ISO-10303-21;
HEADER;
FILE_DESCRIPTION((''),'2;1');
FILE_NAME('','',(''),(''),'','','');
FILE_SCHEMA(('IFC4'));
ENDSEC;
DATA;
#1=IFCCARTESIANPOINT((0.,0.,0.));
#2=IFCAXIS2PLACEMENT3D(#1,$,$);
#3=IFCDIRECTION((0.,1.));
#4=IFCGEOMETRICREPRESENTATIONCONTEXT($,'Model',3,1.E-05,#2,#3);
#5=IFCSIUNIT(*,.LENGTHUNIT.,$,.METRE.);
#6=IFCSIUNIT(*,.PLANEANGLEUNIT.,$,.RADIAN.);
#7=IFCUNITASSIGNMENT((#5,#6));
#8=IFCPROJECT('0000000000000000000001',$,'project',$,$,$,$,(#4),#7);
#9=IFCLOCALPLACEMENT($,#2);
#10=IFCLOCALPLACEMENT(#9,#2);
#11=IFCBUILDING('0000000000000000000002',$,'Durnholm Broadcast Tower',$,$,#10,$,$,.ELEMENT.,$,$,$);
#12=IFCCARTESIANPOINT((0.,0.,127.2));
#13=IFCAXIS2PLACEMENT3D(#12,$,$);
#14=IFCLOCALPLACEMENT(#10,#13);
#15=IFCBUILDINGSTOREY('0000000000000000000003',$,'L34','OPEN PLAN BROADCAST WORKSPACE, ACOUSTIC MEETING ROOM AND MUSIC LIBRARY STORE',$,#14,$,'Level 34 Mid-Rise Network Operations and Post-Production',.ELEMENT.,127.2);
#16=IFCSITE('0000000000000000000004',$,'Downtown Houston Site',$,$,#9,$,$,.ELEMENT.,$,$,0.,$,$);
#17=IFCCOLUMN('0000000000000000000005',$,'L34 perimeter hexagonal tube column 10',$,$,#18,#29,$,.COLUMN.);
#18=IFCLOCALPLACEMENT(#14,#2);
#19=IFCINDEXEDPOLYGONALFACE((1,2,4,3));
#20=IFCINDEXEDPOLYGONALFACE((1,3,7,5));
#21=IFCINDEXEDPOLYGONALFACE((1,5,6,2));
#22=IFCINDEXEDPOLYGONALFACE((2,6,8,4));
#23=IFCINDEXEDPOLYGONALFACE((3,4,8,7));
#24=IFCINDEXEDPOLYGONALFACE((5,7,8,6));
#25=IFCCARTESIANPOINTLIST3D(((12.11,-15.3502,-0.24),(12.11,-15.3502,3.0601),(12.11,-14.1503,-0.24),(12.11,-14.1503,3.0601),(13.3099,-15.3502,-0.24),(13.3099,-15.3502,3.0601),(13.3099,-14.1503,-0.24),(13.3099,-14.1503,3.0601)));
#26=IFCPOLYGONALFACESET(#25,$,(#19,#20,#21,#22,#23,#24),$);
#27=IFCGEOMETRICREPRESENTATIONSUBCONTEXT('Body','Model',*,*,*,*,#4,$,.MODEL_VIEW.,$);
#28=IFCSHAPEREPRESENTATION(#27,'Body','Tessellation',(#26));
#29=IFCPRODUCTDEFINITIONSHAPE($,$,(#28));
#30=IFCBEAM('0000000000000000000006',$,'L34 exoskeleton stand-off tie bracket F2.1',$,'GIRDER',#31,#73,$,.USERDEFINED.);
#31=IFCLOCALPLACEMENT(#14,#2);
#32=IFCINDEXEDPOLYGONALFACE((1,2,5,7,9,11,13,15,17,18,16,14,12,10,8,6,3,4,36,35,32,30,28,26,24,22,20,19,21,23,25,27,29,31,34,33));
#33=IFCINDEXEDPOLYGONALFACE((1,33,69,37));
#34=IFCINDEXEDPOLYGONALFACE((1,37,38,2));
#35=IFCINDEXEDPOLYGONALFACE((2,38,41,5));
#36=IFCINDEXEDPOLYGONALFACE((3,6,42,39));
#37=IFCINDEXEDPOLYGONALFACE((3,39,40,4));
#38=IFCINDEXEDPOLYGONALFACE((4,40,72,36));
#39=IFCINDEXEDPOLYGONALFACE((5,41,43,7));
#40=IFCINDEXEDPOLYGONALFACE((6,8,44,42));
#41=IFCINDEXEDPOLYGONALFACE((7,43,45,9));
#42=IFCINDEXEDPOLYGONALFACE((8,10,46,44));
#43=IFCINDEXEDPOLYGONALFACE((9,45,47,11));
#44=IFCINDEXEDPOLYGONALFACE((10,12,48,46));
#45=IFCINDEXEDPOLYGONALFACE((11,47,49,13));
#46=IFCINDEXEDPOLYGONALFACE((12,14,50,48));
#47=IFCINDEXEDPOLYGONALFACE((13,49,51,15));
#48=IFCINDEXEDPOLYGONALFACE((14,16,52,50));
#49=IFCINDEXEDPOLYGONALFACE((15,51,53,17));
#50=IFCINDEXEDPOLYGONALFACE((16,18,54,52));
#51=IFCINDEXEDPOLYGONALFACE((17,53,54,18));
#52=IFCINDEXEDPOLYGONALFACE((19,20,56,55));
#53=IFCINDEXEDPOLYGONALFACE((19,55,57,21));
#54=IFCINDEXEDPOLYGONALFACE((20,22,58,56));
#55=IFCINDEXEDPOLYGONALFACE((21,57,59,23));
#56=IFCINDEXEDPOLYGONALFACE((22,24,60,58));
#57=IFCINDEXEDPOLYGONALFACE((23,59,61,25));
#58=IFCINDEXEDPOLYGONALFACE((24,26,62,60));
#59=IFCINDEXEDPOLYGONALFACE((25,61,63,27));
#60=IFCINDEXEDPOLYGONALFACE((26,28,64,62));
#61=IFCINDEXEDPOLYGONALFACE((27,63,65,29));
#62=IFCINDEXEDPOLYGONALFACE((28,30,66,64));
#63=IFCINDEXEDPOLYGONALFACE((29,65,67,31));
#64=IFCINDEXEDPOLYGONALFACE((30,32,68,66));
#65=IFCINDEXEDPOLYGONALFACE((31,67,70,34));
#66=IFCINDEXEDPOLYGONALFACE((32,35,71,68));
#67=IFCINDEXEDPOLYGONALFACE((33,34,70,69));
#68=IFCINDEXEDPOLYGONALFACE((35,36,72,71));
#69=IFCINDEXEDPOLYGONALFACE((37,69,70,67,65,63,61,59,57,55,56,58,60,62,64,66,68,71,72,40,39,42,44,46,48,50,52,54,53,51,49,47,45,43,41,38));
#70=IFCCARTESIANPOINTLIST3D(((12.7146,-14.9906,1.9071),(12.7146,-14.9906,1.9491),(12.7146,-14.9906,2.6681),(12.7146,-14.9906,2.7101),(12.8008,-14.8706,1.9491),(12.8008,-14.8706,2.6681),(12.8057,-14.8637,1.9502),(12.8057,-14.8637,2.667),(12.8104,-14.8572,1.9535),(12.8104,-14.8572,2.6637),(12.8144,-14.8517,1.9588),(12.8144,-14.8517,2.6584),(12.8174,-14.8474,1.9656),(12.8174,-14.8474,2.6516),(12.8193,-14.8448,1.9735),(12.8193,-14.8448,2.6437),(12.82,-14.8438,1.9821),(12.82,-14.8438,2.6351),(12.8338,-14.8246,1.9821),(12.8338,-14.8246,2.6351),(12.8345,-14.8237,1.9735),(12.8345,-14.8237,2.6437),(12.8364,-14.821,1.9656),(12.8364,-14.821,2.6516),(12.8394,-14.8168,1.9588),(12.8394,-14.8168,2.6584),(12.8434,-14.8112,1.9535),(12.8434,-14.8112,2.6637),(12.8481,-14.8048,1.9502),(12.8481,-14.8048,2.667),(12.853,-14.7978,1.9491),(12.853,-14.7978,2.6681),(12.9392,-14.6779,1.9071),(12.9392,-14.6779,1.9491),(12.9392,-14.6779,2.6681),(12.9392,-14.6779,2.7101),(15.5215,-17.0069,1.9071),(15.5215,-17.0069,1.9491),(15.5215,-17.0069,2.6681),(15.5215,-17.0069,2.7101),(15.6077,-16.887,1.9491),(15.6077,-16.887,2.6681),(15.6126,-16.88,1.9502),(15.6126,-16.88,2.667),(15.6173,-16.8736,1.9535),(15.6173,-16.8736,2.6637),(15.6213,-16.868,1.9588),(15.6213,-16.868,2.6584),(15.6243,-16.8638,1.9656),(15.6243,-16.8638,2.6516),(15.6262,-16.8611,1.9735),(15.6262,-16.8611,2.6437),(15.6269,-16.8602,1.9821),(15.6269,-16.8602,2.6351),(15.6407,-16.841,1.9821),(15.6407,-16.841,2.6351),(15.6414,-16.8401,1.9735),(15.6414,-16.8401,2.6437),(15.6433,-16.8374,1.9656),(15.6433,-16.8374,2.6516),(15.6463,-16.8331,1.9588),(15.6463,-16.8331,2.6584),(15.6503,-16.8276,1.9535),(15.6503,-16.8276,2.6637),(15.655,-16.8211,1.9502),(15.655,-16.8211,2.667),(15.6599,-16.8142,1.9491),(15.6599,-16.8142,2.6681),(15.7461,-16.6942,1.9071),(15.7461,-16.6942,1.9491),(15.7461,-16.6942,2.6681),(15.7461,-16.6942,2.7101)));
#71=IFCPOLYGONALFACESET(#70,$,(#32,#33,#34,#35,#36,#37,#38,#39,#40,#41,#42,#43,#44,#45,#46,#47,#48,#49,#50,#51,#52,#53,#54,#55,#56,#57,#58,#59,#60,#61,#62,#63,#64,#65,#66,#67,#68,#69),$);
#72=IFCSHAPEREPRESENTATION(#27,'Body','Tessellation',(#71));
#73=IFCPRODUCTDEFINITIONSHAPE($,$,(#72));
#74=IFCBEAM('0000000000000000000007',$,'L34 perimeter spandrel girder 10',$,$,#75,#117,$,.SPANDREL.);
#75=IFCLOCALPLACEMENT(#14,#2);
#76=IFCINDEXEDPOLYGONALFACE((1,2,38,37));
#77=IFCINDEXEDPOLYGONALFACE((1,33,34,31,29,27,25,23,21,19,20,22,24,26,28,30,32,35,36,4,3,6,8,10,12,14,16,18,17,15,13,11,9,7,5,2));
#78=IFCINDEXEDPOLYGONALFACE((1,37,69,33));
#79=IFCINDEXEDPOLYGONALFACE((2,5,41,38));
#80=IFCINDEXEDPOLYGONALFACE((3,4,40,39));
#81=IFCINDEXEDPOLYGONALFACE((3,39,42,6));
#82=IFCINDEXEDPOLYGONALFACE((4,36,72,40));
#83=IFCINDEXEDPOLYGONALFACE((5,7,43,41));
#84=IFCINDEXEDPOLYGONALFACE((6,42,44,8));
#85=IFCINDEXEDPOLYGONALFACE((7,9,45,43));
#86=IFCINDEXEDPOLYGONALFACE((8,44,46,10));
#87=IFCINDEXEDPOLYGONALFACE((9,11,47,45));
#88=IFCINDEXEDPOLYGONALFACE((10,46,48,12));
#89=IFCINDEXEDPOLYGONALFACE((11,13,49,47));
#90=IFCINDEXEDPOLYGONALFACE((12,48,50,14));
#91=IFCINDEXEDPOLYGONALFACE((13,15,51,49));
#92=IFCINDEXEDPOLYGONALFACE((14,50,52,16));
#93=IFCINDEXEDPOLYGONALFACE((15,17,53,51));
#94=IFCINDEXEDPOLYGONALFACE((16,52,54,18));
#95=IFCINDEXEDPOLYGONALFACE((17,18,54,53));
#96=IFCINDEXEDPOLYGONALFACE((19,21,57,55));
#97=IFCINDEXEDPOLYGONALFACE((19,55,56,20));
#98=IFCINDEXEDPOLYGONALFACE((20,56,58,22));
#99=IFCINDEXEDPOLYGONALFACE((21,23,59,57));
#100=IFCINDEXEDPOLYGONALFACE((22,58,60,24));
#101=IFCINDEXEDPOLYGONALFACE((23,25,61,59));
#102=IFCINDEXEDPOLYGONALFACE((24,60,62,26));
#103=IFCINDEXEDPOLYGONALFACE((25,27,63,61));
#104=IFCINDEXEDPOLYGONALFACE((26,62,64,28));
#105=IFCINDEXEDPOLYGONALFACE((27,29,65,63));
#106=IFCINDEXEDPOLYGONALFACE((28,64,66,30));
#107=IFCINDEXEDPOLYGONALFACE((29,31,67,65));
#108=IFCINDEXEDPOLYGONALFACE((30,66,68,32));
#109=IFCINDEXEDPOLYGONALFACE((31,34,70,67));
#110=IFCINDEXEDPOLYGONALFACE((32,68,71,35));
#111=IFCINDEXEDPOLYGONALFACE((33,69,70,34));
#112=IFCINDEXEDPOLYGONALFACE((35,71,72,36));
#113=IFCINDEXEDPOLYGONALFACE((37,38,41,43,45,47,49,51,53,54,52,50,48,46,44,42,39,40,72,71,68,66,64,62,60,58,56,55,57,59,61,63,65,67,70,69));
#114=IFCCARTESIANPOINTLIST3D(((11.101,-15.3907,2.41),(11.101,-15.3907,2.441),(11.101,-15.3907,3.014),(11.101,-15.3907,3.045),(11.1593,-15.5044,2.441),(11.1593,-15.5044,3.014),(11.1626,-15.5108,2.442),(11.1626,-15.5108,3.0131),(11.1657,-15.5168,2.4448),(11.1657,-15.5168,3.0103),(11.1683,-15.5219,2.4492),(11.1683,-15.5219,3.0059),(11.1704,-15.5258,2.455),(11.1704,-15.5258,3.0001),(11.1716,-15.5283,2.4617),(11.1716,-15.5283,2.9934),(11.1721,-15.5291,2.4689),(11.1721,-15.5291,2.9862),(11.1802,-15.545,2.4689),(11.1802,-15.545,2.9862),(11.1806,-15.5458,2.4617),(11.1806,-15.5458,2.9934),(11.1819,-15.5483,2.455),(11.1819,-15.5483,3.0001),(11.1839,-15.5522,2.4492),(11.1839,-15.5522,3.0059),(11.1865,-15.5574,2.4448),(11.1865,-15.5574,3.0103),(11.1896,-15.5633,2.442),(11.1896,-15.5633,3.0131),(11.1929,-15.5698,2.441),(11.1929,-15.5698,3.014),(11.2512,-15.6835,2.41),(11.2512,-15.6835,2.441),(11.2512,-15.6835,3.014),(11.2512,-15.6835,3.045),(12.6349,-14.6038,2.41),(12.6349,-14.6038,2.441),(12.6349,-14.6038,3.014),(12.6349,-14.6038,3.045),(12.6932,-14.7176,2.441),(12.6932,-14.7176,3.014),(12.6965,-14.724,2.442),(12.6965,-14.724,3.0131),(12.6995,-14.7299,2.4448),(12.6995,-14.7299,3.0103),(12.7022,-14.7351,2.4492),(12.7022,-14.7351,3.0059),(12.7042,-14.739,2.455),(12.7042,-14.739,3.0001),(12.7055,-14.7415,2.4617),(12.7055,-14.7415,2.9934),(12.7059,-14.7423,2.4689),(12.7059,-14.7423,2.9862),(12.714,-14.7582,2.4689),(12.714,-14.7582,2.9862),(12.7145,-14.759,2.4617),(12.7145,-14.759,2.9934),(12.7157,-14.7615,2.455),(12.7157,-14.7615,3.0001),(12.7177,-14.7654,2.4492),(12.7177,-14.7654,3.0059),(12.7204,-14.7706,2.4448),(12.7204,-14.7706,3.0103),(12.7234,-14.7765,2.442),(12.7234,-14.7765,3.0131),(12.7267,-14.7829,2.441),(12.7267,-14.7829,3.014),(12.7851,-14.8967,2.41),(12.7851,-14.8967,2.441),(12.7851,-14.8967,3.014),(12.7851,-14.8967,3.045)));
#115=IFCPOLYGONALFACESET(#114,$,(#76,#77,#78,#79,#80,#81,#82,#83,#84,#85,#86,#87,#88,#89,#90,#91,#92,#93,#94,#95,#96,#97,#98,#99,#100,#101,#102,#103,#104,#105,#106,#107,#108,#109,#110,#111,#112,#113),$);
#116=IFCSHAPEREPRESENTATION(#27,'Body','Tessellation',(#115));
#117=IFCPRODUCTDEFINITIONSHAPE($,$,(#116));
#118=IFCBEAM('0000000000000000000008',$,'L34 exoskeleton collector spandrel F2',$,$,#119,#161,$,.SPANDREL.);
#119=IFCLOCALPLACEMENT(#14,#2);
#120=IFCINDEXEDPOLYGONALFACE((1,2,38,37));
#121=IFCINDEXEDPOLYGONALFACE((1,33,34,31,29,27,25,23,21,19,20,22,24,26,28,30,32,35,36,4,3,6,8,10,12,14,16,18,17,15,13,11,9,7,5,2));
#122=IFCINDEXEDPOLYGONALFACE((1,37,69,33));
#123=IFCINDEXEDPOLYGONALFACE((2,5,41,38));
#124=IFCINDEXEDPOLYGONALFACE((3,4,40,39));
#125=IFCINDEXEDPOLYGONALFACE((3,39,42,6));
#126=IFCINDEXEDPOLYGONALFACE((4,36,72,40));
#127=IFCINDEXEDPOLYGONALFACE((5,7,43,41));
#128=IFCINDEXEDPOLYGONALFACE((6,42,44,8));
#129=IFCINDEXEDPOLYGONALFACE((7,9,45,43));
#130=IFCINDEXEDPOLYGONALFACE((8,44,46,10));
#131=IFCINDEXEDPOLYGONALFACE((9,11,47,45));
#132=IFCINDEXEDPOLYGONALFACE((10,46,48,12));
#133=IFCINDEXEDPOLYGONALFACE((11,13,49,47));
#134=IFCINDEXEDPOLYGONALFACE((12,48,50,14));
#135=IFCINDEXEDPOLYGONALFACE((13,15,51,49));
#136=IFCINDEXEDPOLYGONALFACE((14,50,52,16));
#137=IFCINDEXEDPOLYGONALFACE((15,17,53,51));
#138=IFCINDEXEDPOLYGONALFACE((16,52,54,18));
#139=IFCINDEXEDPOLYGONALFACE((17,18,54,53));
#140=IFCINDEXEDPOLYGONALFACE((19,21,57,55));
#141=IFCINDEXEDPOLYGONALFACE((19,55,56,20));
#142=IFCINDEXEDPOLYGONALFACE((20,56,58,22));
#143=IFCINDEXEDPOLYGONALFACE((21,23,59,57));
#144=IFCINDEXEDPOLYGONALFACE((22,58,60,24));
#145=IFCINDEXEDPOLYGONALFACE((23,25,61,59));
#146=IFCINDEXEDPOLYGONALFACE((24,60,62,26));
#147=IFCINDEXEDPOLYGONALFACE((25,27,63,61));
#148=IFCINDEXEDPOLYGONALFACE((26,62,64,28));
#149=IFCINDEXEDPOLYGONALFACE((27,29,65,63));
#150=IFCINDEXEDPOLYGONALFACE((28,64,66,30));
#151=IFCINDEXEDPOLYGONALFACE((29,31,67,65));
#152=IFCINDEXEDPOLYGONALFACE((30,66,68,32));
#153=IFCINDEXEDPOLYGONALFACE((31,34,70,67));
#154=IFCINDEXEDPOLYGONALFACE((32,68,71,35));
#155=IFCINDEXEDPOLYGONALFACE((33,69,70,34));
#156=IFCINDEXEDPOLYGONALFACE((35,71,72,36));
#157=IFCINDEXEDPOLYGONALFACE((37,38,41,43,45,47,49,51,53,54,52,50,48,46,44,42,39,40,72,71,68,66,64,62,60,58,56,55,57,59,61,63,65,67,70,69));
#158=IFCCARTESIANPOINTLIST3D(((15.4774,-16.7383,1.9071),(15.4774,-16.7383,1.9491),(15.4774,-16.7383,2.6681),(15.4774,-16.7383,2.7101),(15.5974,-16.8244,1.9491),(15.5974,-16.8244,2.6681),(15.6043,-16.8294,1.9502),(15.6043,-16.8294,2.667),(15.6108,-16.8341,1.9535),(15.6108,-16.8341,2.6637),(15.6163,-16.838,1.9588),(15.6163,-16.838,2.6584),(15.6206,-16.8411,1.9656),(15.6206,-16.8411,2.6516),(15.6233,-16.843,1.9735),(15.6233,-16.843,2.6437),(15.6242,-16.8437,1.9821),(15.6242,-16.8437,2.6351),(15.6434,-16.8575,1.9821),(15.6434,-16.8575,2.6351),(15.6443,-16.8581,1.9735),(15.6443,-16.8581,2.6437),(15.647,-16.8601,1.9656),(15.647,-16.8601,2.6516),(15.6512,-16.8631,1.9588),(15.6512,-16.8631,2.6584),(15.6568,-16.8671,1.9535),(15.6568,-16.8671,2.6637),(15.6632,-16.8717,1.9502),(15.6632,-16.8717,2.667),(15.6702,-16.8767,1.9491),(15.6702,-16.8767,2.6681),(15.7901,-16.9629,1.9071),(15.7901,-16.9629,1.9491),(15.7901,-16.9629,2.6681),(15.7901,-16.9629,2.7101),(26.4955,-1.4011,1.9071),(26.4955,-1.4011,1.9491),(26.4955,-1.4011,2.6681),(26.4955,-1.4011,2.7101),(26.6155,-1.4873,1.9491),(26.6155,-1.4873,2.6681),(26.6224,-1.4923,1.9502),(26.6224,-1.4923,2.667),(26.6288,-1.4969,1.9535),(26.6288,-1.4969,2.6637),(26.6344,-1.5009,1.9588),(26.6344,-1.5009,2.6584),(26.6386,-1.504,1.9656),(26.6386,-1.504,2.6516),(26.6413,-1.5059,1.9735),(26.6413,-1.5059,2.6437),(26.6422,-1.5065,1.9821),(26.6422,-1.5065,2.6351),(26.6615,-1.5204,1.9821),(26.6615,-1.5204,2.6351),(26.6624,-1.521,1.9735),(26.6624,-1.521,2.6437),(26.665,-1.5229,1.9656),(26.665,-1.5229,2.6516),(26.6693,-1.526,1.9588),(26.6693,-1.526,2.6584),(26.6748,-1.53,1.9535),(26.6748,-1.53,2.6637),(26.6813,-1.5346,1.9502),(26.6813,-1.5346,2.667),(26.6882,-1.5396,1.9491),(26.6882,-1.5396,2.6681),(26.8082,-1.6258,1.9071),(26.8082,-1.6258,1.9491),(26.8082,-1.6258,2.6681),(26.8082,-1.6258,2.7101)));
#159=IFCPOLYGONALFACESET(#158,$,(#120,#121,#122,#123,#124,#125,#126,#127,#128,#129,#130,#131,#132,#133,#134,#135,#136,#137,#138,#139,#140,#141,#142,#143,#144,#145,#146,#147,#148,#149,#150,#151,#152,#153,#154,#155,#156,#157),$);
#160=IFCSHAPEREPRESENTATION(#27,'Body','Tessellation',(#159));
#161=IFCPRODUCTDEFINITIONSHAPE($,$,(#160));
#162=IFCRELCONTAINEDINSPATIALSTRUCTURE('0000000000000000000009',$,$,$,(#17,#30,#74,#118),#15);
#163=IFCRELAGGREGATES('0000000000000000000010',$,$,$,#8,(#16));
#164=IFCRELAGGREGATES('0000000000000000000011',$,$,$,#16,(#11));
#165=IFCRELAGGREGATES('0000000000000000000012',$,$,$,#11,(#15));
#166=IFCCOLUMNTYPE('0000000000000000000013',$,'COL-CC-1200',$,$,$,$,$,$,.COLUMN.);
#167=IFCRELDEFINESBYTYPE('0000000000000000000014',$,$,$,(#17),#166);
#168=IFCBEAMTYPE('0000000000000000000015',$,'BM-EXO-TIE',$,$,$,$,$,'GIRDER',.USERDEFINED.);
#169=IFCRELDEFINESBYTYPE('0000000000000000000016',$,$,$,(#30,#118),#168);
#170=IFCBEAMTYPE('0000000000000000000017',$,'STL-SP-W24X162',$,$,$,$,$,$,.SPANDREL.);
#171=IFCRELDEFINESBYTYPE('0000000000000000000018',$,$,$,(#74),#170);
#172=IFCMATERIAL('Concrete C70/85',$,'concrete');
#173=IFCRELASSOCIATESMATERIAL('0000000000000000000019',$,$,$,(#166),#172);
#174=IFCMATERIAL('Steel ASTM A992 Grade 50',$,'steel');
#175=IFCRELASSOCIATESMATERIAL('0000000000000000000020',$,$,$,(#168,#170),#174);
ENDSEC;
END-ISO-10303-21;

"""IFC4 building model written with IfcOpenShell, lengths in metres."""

from ifc_helpers import new_model, si_unit, direction, frame, origin, origin_2d, place, context, subcontext, project, spatial, rectangle, i_section, extrude, source, transform, mapped, material, material_profile, profile_set, type_object, type_shapes, element, save


model = new_model("IFC4")

# Units and contexts
model_context = context("Model", 3, precision=1e-05, world=origin(), true_north=direction((0.0, 1.0)))
body_context = subcontext(model_context, "Body", "Model", "MODEL_VIEW")
ifc_project = project(units=[si_unit("LENGTHUNIT", "METRE"), si_unit("PLANEANGLEUNIT", "RADIAN")], contexts=[model_context])

# Site, building, storey
site_placement = place(None, origin())
site = spatial("IfcSite", under=ifc_project, at=site_placement, Name="Downtown Houston Site", CompositionType="ELEMENT", RefElevation=0.0)
building_placement = place(site_placement, origin())
building = spatial("IfcBuilding", under=site, at=building_placement, Name="Durnholm Broadcast Tower", CompositionType="ELEMENT")
storey_placement = place(building_placement, frame((0.0, 0.0, 127.2)))
storey = spatial("IfcBuildingStorey", under=building, at=storey_placement, Name="L34", Description="OPEN PLAN BROADCAST WORKSPACE, ACOUSTIC MEETING ROOM AND MUSIC LIBRARY STORE", LongName="Level 34 Mid-Rise Network Operations and Post-Production", CompositionType="ELEMENT", Elevation=127.2)

# Column
ifc_material_1 = material(Name="Concrete C70/85", Category="concrete")
ifc_material_profile_1 = material_profile(ifc_material_1, rectangle(XDim=1.2, YDim=1.2, at=origin_2d()), Name="RC1200X1200")
ifc_profile_set_1 = profile_set([ifc_material_profile_1], Name="Concrete C70/85")
column_type = type_object("IfcColumnType", Name="COL-CC-1200", PredefinedType="COLUMN", material=ifc_profile_set_1)
shared_shape_1 = source(origin(), body_context, "Body", "SweptSolid", [
    extrude(rectangle(XDim=1.2, YDim=1.2, at=origin_2d()), origin(), (0.0, 0.0, 1.0), 3.3),
])
type_shapes(column_type, [shared_shape_1])
column_placement = place(storey_placement, frame((12.71, -14.7502, -0.24), z_axis=(0.0, 0.0, 1.0), x_axis=(1.0, 0.0, 0.0)))
element("IfcColumn", 1, at=column_placement, inside=storey, type_object=column_type, Name="L34 perimeter hexagonal tube column 10", PredefinedType="COLUMN", context=body_context, shape_type="MappedRepresentation", body=[
    mapped(shared_shape_1, transform((0.0, 0.0, 0.0), x_axis=(1.0, 0.0, 0.0), y_axis=(0.0, 1.0, 0.0), z_axis=(0.0, 0.0, 1.0), scale=1.0)),
])

# Beams
ifc_material_2 = material(Name="Steel ASTM A992 Grade 50", Category="steel")
ifc_material_profile_2 = material_profile(ifc_material_2, i_section(OverallWidth=0.385, OverallDepth=0.803, WebThickness=0.0237, FlangeThickness=0.042, FilletRadius=0.033, at=origin_2d()), Name="W30X261")
ifc_profile_set_2 = profile_set([ifc_material_profile_2], Name="Steel ASTM A992 Grade 50")
beam_type_1 = type_object("IfcBeamType", Name="BM-EXO-TIE", ElementType="GIRDER", PredefinedType="USERDEFINED", material=ifc_profile_set_2)
shared_shape_2 = source(origin(), body_context, "Body", "SweptSolid", [
    extrude(i_section(OverallWidth=0.385, OverallDepth=0.803, WebThickness=0.0237, FlangeThickness=0.042, FilletRadius=0.033, at=origin_2d()), origin(), (0.0, 0.0, 1.0), 3.4561),
])
beam_1_placement = place(storey_placement, frame((12.8269, -14.8342, 2.3086), z_axis=(0.812165, -0.583428, 0.0), x_axis=(0.583428, 0.812165, 0.0)))
element("IfcBeam", 2, at=beam_1_placement, inside=storey, type_object=beam_type_1, Name="L34 exoskeleton stand-off tie bracket F2.1", ObjectType="GIRDER", PredefinedType="USERDEFINED", context=body_context, shape_type="MappedRepresentation", body=[
    mapped(shared_shape_2, transform((0.0, 0.0, 0.0), x_axis=(1.0, 0.0, 0.0), y_axis=(0.0, 1.0, 0.0), z_axis=(0.0, 0.0, 1.0), scale=1.0)),
])
ifc_material_profile_3 = material_profile(ifc_material_2, i_section(OverallWidth=0.3291, OverallDepth=0.635, WebThickness=0.0178, FlangeThickness=0.031, FilletRadius=0.0278, at=origin_2d()), Name="W24X162")
ifc_profile_set_3 = profile_set([ifc_material_profile_3], Name="Steel ASTM A992 Grade 50")
beam_type_2 = type_object("IfcBeamType", Name="STL-SP-W24X162", PredefinedType="SPANDREL", material=ifc_profile_set_3)
shared_shape_3 = source(origin(), body_context, "Body", "SweptSolid", [
    extrude(i_section(OverallWidth=0.3291, OverallDepth=0.635, WebThickness=0.0178, FlangeThickness=0.031, FilletRadius=0.0278, at=origin_2d()), origin(), (0.0, 0.0, 1.0), 1.7239),
])
type_shapes(beam_type_2, [shared_shape_3])
beam_2_placement = place(storey_placement, frame((12.71, -14.7502, 2.7275), z_axis=(-0.889763, -0.456423, 0.0), x_axis=(0.456423, -0.889763, 0.0)))
element("IfcBeam", 3, at=beam_2_placement, inside=storey, type_object=beam_type_2, Name="L34 perimeter spandrel girder 10", PredefinedType="SPANDREL", context=body_context, shape_type="MappedRepresentation", body=[
    mapped(shared_shape_3, transform((0.0, 0.0, 0.0), x_axis=(1.0, 0.0, 0.0), y_axis=(0.0, 1.0, 0.0), z_axis=(0.0, 0.0, 1.0), scale=1.0)),
])
shared_shape_4 = source(origin(), body_context, "Body", "SweptSolid", [
    extrude(i_section(OverallWidth=0.385, OverallDepth=0.803, WebThickness=0.0237, FlangeThickness=0.042, FilletRadius=0.033, at=origin_2d()), origin(), (0.0, 0.0, 1.0), 18.8845),
])
type_shapes(beam_type_1, [shared_shape_2, shared_shape_4])
beam_3_placement = place(storey_placement, frame((15.6338, -16.8506, 2.3086), z_axis=(0.583443, 0.812154, 0.0), x_axis=(-0.812154, 0.583443, 0.0)))
element("IfcBeam", 4, at=beam_3_placement, inside=storey, type_object=beam_type_1, Name="L34 exoskeleton collector spandrel F2", PredefinedType="SPANDREL", context=body_context, shape_type="MappedRepresentation", body=[
    mapped(shared_shape_4, transform((0.0, 0.0, 0.0), x_axis=(1.0, 0.0, 0.0), y_axis=(0.0, 1.0, 0.0), z_axis=(0.0, 0.0, 1.0), scale=1.0)),
])

save(model, "model.ifc")
